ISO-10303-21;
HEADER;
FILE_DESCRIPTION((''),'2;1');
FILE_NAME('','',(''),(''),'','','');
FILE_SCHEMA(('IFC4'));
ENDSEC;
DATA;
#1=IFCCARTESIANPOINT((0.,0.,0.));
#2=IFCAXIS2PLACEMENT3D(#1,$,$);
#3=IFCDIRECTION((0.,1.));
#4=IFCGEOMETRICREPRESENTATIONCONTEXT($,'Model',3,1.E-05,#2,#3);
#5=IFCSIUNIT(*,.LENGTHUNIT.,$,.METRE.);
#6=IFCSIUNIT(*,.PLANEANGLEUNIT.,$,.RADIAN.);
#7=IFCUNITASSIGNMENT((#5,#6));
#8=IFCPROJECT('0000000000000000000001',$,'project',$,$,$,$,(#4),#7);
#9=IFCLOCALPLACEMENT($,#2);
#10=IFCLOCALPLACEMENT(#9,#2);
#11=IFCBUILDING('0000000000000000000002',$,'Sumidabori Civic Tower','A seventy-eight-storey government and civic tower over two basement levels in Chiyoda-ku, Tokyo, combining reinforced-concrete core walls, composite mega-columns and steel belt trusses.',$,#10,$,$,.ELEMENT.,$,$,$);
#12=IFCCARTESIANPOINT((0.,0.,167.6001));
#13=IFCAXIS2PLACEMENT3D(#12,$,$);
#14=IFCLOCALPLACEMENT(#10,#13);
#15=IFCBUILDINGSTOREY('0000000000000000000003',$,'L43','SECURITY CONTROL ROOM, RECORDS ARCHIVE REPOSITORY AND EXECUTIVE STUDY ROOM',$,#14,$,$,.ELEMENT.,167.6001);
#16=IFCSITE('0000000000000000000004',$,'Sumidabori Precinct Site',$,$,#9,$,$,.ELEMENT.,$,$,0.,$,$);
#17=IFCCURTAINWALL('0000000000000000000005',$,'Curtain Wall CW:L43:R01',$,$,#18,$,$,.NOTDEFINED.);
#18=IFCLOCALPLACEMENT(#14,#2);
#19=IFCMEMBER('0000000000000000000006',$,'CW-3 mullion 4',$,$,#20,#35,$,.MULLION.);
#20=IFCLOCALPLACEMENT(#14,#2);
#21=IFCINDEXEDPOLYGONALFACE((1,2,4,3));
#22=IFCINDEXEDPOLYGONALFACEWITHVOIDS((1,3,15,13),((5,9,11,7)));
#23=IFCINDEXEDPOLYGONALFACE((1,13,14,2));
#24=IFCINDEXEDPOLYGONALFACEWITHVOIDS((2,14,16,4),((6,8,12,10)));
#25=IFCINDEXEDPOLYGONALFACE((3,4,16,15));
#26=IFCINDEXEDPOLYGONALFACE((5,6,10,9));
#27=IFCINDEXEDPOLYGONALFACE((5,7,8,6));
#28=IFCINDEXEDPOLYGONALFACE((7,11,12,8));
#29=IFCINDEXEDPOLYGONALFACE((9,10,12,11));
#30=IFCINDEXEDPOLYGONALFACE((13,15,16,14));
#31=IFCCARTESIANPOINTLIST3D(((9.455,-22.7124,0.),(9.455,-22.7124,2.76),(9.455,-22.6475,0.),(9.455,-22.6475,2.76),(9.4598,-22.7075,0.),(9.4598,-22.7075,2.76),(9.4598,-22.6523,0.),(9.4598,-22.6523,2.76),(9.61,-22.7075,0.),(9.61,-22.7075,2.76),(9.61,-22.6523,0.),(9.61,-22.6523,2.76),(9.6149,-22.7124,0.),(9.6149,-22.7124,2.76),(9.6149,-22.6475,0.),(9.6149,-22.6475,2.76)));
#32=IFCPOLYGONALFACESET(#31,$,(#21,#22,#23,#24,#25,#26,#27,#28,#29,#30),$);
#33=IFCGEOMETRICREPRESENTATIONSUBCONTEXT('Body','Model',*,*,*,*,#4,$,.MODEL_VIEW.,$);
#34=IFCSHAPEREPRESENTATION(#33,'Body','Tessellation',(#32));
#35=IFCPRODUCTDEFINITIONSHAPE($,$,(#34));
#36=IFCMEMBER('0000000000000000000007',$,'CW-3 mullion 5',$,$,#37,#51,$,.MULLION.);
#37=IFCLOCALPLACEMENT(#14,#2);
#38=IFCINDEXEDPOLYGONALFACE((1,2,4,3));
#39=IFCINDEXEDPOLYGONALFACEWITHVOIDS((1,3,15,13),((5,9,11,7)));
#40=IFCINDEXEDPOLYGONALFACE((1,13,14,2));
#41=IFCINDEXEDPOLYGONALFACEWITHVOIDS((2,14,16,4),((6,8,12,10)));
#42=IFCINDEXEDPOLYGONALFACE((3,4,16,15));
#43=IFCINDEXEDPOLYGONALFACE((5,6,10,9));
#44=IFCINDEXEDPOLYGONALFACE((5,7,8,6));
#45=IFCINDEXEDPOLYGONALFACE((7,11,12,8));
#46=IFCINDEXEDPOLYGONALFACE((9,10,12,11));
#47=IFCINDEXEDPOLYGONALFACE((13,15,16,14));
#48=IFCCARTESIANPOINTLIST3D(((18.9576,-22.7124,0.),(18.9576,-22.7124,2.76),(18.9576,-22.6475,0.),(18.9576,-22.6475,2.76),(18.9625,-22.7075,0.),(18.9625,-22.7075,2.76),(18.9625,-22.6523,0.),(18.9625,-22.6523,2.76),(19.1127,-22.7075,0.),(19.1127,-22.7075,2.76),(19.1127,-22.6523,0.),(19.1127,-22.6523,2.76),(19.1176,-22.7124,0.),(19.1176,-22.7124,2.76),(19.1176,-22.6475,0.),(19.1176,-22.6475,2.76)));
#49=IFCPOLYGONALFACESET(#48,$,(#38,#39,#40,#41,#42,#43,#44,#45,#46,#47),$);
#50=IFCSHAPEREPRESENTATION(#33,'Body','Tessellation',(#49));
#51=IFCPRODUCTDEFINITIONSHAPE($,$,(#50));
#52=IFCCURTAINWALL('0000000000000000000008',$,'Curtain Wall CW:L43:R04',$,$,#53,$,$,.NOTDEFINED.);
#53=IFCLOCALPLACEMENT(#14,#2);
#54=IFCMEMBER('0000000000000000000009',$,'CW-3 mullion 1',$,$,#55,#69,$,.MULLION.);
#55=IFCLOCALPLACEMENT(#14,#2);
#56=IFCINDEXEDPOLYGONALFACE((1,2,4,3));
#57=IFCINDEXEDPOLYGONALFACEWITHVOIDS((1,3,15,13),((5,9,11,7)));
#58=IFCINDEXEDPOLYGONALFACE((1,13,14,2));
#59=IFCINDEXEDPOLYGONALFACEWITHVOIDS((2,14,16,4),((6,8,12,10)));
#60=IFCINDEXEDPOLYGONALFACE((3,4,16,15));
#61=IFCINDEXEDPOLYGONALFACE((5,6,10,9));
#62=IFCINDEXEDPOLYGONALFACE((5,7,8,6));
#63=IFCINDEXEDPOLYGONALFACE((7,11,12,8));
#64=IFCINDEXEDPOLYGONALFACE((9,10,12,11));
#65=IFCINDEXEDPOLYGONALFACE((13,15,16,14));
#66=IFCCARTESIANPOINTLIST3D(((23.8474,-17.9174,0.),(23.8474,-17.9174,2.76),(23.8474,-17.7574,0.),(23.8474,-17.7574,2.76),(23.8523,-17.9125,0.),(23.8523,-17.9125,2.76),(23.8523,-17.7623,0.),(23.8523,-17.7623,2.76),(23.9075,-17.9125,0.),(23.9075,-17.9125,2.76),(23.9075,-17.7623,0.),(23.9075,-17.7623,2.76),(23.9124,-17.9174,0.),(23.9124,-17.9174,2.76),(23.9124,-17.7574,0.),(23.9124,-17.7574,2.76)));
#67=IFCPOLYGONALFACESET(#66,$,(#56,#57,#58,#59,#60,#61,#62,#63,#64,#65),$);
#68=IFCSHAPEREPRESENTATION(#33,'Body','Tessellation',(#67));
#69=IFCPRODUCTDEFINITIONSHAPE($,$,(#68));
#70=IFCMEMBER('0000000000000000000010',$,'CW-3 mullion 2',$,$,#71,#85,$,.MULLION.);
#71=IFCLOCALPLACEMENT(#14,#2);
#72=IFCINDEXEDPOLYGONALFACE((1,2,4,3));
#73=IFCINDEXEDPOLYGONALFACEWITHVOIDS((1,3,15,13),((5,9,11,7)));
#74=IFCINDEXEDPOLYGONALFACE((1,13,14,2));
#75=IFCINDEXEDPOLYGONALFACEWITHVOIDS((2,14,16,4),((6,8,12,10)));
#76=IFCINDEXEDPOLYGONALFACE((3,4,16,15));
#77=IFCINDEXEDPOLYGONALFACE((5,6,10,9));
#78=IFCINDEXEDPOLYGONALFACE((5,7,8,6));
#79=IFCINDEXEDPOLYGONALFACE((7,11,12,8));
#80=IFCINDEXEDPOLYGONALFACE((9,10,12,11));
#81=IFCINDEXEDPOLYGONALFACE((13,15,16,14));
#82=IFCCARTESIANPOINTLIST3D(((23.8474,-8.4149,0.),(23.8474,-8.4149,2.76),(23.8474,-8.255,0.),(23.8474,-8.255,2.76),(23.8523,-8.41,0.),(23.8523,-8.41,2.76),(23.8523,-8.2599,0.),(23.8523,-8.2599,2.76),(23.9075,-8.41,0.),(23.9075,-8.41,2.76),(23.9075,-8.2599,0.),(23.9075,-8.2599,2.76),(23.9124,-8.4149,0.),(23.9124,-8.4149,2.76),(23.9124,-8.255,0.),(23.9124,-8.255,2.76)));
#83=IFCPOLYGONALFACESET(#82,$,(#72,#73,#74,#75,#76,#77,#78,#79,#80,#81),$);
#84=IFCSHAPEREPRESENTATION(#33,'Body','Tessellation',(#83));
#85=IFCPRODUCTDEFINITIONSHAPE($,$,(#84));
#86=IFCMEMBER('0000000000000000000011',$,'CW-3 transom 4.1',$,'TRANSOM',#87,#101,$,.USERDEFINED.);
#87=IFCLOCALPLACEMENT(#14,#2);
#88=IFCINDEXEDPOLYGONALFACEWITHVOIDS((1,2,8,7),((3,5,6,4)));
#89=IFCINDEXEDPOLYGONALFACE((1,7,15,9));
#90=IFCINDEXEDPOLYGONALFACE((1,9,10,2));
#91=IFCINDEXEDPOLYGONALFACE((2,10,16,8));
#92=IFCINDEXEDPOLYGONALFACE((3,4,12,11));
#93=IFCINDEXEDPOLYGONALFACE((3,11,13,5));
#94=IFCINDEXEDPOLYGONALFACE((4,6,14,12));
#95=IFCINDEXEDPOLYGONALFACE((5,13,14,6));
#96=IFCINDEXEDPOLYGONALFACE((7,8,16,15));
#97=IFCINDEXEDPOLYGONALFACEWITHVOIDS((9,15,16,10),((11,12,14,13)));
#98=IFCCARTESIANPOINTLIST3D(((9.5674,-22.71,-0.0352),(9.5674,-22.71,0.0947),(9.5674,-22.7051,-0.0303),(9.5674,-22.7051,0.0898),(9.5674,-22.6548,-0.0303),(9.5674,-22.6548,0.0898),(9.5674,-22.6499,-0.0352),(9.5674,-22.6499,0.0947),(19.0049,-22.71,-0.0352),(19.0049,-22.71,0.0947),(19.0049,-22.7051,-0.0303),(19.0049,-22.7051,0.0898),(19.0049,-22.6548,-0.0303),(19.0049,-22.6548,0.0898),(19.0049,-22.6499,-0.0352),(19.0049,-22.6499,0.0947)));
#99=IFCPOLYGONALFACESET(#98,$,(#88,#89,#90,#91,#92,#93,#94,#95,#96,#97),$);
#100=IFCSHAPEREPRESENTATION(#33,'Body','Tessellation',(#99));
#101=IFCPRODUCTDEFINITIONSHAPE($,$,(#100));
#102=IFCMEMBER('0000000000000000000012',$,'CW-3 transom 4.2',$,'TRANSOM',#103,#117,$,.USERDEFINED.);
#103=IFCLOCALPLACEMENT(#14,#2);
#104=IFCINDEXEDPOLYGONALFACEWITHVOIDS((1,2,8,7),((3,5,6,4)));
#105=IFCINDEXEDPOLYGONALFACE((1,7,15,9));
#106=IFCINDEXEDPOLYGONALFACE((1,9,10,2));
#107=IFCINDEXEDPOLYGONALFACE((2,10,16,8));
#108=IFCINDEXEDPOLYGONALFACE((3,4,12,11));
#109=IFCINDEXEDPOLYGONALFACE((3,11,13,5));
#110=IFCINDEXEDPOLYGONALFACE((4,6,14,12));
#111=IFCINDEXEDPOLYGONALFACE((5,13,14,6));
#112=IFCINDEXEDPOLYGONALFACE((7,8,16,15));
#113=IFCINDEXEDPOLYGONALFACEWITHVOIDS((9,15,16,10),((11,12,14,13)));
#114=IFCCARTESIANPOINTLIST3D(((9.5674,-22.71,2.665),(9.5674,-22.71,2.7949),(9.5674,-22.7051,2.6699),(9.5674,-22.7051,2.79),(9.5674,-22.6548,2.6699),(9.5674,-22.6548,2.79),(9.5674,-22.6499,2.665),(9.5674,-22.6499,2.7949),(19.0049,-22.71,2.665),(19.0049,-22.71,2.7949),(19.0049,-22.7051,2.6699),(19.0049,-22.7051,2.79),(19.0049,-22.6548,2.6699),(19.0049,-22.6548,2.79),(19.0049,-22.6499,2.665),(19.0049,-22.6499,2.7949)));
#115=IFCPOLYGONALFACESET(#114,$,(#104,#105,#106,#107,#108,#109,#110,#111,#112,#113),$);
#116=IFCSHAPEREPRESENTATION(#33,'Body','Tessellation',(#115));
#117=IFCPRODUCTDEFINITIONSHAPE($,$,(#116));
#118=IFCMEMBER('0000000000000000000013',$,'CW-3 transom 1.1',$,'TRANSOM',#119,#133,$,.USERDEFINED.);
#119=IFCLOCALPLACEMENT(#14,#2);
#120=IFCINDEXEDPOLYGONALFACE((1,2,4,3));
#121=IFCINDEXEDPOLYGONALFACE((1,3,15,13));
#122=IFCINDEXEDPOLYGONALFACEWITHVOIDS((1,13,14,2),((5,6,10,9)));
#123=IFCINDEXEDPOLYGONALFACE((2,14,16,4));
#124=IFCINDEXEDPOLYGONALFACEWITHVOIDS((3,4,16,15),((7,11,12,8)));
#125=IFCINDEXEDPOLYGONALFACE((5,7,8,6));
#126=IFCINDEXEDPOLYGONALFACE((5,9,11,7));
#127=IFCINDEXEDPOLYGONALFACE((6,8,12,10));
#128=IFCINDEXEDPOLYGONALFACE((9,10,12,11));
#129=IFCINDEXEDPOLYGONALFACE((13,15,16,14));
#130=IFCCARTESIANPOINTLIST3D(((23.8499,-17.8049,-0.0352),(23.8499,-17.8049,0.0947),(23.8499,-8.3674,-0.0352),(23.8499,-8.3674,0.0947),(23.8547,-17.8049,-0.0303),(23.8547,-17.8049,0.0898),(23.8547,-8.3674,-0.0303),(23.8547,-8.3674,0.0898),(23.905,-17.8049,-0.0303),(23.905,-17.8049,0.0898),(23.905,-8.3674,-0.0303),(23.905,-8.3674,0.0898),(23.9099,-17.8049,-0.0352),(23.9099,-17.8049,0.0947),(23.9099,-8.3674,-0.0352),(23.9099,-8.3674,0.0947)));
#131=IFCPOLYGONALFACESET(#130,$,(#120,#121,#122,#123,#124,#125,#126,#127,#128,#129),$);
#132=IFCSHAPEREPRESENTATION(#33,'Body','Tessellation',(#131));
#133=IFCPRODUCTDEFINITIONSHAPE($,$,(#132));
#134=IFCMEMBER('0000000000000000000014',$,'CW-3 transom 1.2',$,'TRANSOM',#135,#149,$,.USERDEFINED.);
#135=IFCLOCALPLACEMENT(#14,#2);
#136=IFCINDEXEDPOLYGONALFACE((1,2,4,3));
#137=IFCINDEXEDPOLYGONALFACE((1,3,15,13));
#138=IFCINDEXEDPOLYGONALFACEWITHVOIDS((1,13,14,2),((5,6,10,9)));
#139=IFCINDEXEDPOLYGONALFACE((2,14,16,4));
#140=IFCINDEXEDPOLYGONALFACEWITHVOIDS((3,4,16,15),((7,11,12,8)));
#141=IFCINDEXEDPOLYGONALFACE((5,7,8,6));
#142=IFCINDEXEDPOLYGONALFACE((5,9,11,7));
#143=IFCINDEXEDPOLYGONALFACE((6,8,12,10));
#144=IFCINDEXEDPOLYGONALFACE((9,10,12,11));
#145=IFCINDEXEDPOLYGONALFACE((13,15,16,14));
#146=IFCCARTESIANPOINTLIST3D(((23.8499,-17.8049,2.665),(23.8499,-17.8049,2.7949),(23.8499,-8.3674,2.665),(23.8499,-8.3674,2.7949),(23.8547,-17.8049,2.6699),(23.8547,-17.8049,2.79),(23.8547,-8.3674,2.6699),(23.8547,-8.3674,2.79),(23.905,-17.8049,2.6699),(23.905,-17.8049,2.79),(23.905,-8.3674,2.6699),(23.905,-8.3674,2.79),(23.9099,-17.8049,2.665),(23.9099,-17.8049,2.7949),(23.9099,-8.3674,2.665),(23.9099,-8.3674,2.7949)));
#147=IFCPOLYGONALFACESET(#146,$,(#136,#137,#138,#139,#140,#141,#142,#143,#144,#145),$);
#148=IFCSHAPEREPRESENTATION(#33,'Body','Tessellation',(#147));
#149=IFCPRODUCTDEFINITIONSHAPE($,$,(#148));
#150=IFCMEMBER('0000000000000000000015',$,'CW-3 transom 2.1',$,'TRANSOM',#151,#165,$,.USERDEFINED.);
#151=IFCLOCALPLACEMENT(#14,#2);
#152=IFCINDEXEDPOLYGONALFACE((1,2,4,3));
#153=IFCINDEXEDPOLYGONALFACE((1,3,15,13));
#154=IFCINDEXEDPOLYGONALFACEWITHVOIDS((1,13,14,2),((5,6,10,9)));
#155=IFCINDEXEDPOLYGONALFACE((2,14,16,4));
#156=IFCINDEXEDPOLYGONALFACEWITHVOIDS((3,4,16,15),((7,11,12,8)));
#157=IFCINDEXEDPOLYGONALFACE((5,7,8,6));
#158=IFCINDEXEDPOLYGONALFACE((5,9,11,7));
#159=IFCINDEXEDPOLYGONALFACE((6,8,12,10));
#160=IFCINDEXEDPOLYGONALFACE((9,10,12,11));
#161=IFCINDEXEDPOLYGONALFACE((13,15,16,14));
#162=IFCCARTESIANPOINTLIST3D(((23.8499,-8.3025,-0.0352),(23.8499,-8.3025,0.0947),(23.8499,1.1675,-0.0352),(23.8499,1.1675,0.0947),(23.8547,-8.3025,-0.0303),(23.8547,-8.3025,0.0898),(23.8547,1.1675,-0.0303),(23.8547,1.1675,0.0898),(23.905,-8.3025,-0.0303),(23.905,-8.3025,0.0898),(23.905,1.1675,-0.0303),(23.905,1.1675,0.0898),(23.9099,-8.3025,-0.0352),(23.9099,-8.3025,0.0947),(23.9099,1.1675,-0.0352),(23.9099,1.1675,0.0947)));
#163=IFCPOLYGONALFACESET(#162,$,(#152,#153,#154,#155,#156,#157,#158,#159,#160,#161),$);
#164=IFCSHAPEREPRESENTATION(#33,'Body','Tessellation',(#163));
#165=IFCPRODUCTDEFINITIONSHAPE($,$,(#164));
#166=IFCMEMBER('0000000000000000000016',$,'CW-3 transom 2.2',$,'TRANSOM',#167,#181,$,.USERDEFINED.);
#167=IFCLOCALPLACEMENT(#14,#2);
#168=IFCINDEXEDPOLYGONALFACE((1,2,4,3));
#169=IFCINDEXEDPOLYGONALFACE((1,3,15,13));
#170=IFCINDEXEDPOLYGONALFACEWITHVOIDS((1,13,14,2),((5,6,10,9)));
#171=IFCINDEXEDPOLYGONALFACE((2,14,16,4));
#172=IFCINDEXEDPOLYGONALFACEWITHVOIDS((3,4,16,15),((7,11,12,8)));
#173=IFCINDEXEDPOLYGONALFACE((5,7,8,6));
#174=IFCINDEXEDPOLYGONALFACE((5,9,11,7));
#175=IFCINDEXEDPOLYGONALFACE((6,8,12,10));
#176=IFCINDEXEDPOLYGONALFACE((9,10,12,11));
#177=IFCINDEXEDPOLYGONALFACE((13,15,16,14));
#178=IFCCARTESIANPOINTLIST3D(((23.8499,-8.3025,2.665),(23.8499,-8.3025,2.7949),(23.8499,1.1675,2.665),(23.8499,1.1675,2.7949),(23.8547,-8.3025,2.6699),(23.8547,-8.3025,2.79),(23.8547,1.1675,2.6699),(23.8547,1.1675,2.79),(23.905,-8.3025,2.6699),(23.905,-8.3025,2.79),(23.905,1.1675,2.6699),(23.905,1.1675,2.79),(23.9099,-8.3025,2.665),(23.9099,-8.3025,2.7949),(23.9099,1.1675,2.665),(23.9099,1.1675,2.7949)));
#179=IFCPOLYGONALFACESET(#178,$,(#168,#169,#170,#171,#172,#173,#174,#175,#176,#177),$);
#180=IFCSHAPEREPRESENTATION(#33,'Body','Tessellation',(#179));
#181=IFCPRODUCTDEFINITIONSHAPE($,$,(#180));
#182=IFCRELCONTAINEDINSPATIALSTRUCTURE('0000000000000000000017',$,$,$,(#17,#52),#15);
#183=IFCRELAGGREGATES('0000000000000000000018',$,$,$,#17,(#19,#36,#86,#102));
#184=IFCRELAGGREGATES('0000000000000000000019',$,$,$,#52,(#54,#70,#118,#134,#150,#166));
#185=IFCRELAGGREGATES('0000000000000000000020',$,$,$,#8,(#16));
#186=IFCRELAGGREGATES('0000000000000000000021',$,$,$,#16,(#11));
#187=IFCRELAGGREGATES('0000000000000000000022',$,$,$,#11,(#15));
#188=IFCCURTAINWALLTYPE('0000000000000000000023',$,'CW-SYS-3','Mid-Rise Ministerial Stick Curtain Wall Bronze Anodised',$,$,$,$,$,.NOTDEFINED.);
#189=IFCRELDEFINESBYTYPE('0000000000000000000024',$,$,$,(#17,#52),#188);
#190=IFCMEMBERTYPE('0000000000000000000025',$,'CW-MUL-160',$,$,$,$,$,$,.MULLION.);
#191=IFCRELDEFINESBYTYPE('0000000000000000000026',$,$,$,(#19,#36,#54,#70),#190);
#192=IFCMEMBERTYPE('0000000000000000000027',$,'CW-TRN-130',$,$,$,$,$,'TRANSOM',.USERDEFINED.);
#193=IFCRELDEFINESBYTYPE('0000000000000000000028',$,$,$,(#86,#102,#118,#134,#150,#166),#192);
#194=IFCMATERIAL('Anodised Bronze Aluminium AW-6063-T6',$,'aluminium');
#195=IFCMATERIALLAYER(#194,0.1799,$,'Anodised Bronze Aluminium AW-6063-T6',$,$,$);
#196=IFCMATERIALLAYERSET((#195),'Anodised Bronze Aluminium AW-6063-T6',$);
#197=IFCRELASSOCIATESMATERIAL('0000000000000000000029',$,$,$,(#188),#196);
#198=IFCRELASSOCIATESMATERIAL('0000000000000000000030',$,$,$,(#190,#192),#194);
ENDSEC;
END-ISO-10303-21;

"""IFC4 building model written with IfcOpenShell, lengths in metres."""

from ifc_helpers import new_model, si_unit, direction, frame, origin, origin_2d, place, context, subcontext, project, spatial, hollow_rectangle, extrude, source, transform, mapped, material, layer, layer_set, material_profile, profile_set, type_object, element, aggregate, save


model = new_model("IFC4")

# Units and contexts
model_context = context("Model", 3, precision=1e-05, world=origin(), true_north=direction((0.0, 1.0)))
body_context = subcontext(model_context, "Body", "Model", "MODEL_VIEW")
ifc_project = project(units=[si_unit("LENGTHUNIT", "METRE"), si_unit("PLANEANGLEUNIT", "RADIAN")], contexts=[model_context])

# Site, building, storey
site_placement = place(None, origin())
site = spatial("IfcSite", under=ifc_project, at=site_placement, Name="Sumidabori Precinct Site", CompositionType="ELEMENT", RefElevation=0.0)
building_placement = place(site_placement, origin())
building = spatial("IfcBuilding", under=site, at=building_placement, Name="Sumidabori Civic Tower", Description="A seventy-eight-storey government and civic tower over two basement levels in Chiyoda-ku, Tokyo, combining reinforced-concrete core walls, composite mega-columns and steel belt trusses.", CompositionType="ELEMENT")
storey_placement = place(building_placement, frame((0.0, 0.0, 167.6001)))
storey = spatial("IfcBuildingStorey", under=building, at=storey_placement, Name="L43", Description="SECURITY CONTROL ROOM, RECORDS ARCHIVE REPOSITORY AND EXECUTIVE STUDY ROOM", CompositionType="ELEMENT", Elevation=167.6001)

# Curtain walls, members
ifc_material_1 = material(Name="Anodised Bronze Aluminium AW-6063-T6", Category="aluminium")
ifc_layer_1 = layer(ifc_material_1, 0.1799, Name="Anodised Bronze Aluminium AW-6063-T6")
ifc_layer_set_1 = layer_set([ifc_layer_1], Name="Anodised Bronze Aluminium AW-6063-T6")
curtain_wall_type = type_object("IfcCurtainWallType", Name="CW-SYS-3", Description="Mid-Rise Ministerial Stick Curtain Wall Bronze Anodised", PredefinedType="NOTDEFINED", material=ifc_layer_set_1)
curtain_wall_1_placement = place(storey_placement, origin())
curtain_wall_1 = element("IfcCurtainWall", 1, at=curtain_wall_1_placement, inside=storey, type_object=curtain_wall_type, Name="Curtain Wall CW:L43:R01", PredefinedType="NOTDEFINED")
ifc_material_profile_1 = material_profile(ifc_material_1, hollow_rectangle(XDim=0.0649, YDim=0.1599, WallThickness=0.0049, at=origin_2d()), Name="ALU MULLION 160x65")
ifc_profile_set_1 = profile_set([ifc_material_profile_1], Name="Anodised Bronze Aluminium AW-6063-T6")
member_type_1 = type_object("IfcMemberType", Name="CW-MUL-160", PredefinedType="MULLION", material=ifc_profile_set_1)
shared_shape_1 = source(origin(), body_context, "Body", "SweptSolid", [
    extrude(hollow_rectangle(XDim=0.0649, YDim=0.1599, WallThickness=0.0049, at=origin_2d()), origin(), (0.0, 0.0, 1.0), 2.76),
])
member_1_placement = place(storey_placement, frame((9.5349, -22.6799, 0.0), z_axis=(0.0, 0.0, 1.0), x_axis=(0.0, 1.0, 0.0)))
member_1 = element("IfcMember", 2, at=member_1_placement, type_object=member_type_1, Name="CW-3 mullion 4", PredefinedType="MULLION", context=body_context, shape_type="MappedRepresentation", body=[
    mapped(shared_shape_1, transform((0.0, 0.0, 0.0), x_axis=(1.0, 0.0, 0.0), y_axis=(0.0, 1.0, 0.0), z_axis=(0.0, 0.0, 1.0), scale=1.0)),
])
member_2_placement = place(storey_placement, frame((19.0376, -22.6799, 0.0), z_axis=(0.0, 0.0, 1.0), x_axis=(0.0, 1.0, 0.0)))
member_2 = element("IfcMember", 3, at=member_2_placement, type_object=member_type_1, Name="CW-3 mullion 5", PredefinedType="MULLION", context=body_context, shape_type="MappedRepresentation", body=[
    mapped(shared_shape_1, transform((0.0, 0.0, 0.0), x_axis=(1.0, 0.0, 0.0), y_axis=(0.0, 1.0, 0.0), z_axis=(0.0, 0.0, 1.0), scale=1.0)),
])
curtain_wall_2_placement = place(storey_placement, origin())
curtain_wall_2 = element("IfcCurtainWall", 4, at=curtain_wall_2_placement, inside=storey, type_object=curtain_wall_type, Name="Curtain Wall CW:L43:R04", PredefinedType="NOTDEFINED")
member_3_placement = place(storey_placement, frame((23.8799, -17.8374, 0.0), z_axis=(0.0, 0.0, 1.0), x_axis=(-1.0, 0.0, 0.0)))
member_3 = element("IfcMember", 5, at=member_3_placement, type_object=member_type_1, Name="CW-3 mullion 1", PredefinedType="MULLION", context=body_context, shape_type="MappedRepresentation", body=[
    mapped(shared_shape_1, transform((0.0, 0.0, 0.0), x_axis=(1.0, 0.0, 0.0), y_axis=(0.0, 1.0, 0.0), z_axis=(0.0, 0.0, 1.0), scale=1.0)),
])
member_4_placement = place(storey_placement, frame((23.8799, -8.335, 0.0), z_axis=(0.0, 0.0, 1.0), x_axis=(-1.0, 0.0, 0.0)))
member_4 = element("IfcMember", 6, at=member_4_placement, type_object=member_type_1, Name="CW-3 mullion 2", PredefinedType="MULLION", context=body_context, shape_type="MappedRepresentation", body=[
    mapped(shared_shape_1, transform((0.0, 0.0, 0.0), x_axis=(1.0, 0.0, 0.0), y_axis=(0.0, 1.0, 0.0), z_axis=(0.0, 0.0, 1.0), scale=1.0)),
])

# Members
ifc_material_profile_2 = material_profile(ifc_material_1, hollow_rectangle(XDim=0.0601, YDim=0.1299, WallThickness=0.0049, at=origin_2d()), Name="ALU TRANSOM 130x60")
ifc_profile_set_2 = profile_set([ifc_material_profile_2], Name="Anodised Bronze Aluminium AW-6063-T6")
member_type_2 = type_object("IfcMemberType", Name="CW-TRN-130", ElementType="TRANSOM", PredefinedType="USERDEFINED", material=ifc_profile_set_2)
shared_shape_2 = source(origin(), body_context, "Body", "SweptSolid", [
    extrude(hollow_rectangle(XDim=0.0601, YDim=0.1299, WallThickness=0.0049, at=origin_2d()), origin(), (0.0, 0.0, 1.0), 9.4375),
])
member_5_placement = place(storey_placement, frame((9.5674, -22.6799, 0.0298), z_axis=(1.0, 0.0, 0.0), x_axis=(0.0, 1.0, 0.0)))
member_5 = element("IfcMember", 7, at=member_5_placement, type_object=member_type_2, Name="CW-3 transom 4.1", ObjectType="TRANSOM", PredefinedType="USERDEFINED", context=body_context, shape_type="MappedRepresentation", body=[
    mapped(shared_shape_2, transform((0.0, 0.0, 0.0), x_axis=(1.0, 0.0, 0.0), y_axis=(0.0, 1.0, 0.0), z_axis=(0.0, 0.0, 1.0), scale=1.0)),
])
member_6_placement = place(storey_placement, frame((9.5674, -22.6799, 2.73), z_axis=(1.0, 0.0, 0.0), x_axis=(0.0, 1.0, 0.0)))
member_6 = element("IfcMember", 8, at=member_6_placement, type_object=member_type_2, Name="CW-3 transom 4.2", ObjectType="TRANSOM", PredefinedType="USERDEFINED", context=body_context, shape_type="MappedRepresentation", body=[
    mapped(shared_shape_2, transform((0.0, 0.0, 0.0), x_axis=(1.0, 0.0, 0.0), y_axis=(0.0, 1.0, 0.0), z_axis=(0.0, 0.0, 1.0), scale=1.0)),
])
member_7_placement = place(storey_placement, frame((23.8799, -17.8049, 0.0298), z_axis=(0.0, 1.0, 0.0), x_axis=(-1.0, 0.0, 0.0)))
member_7 = element("IfcMember", 9, at=member_7_placement, type_object=member_type_2, Name="CW-3 transom 1.1", ObjectType="TRANSOM", PredefinedType="USERDEFINED", context=body_context, shape_type="MappedRepresentation", body=[
    mapped(shared_shape_2, transform((0.0, 0.0, 0.0), x_axis=(1.0, 0.0, 0.0), y_axis=(0.0, 1.0, 0.0), z_axis=(0.0, 0.0, 1.0), scale=1.0)),
])
member_8_placement = place(storey_placement, frame((23.8799, -17.8049, 2.73), z_axis=(0.0, 1.0, 0.0), x_axis=(-1.0, 0.0, 0.0)))
member_8 = element("IfcMember", 10, at=member_8_placement, type_object=member_type_2, Name="CW-3 transom 1.2", ObjectType="TRANSOM", PredefinedType="USERDEFINED", context=body_context, shape_type="MappedRepresentation", body=[
    mapped(shared_shape_2, transform((0.0, 0.0, 0.0), x_axis=(1.0, 0.0, 0.0), y_axis=(0.0, 1.0, 0.0), z_axis=(0.0, 0.0, 1.0), scale=1.0)),
])
shared_shape_3 = source(origin(), body_context, "Body", "SweptSolid", [
    extrude(hollow_rectangle(XDim=0.0601, YDim=0.1299, WallThickness=0.0049, at=origin_2d()), origin(), (0.0, 0.0, 1.0), 9.47),
])
member_9_placement = place(storey_placement, frame((23.8799, -8.3025, 0.0298), z_axis=(0.0, 1.0, 0.0), x_axis=(-1.0, 0.0, 0.0)))
member_9 = element("IfcMember", 11, at=member_9_placement, type_object=member_type_2, Name="CW-3 transom 2.1", ObjectType="TRANSOM", PredefinedType="USERDEFINED", context=body_context, shape_type="MappedRepresentation", body=[
    mapped(shared_shape_3, transform((0.0, 0.0, 0.0), x_axis=(1.0, 0.0, 0.0), y_axis=(0.0, 1.0, 0.0), z_axis=(0.0, 0.0, 1.0), scale=1.0)),
])
member_10_placement = place(storey_placement, frame((23.8799, -8.3025, 2.73), z_axis=(0.0, 1.0, 0.0), x_axis=(-1.0, 0.0, 0.0)))
member_10 = element("IfcMember", 12, at=member_10_placement, type_object=member_type_2, Name="CW-3 transom 2.2", ObjectType="TRANSOM", PredefinedType="USERDEFINED", context=body_context, shape_type="MappedRepresentation", body=[
    mapped(shared_shape_3, transform((0.0, 0.0, 0.0), x_axis=(1.0, 0.0, 0.0), y_axis=(0.0, 1.0, 0.0), z_axis=(0.0, 0.0, 1.0), scale=1.0)),
])

aggregate(curtain_wall_1, [member_1, member_2, member_5, member_6])
aggregate(curtain_wall_2, [member_3, member_4, member_7, member_8, member_9, member_10])

save(model, "model.ifc")
